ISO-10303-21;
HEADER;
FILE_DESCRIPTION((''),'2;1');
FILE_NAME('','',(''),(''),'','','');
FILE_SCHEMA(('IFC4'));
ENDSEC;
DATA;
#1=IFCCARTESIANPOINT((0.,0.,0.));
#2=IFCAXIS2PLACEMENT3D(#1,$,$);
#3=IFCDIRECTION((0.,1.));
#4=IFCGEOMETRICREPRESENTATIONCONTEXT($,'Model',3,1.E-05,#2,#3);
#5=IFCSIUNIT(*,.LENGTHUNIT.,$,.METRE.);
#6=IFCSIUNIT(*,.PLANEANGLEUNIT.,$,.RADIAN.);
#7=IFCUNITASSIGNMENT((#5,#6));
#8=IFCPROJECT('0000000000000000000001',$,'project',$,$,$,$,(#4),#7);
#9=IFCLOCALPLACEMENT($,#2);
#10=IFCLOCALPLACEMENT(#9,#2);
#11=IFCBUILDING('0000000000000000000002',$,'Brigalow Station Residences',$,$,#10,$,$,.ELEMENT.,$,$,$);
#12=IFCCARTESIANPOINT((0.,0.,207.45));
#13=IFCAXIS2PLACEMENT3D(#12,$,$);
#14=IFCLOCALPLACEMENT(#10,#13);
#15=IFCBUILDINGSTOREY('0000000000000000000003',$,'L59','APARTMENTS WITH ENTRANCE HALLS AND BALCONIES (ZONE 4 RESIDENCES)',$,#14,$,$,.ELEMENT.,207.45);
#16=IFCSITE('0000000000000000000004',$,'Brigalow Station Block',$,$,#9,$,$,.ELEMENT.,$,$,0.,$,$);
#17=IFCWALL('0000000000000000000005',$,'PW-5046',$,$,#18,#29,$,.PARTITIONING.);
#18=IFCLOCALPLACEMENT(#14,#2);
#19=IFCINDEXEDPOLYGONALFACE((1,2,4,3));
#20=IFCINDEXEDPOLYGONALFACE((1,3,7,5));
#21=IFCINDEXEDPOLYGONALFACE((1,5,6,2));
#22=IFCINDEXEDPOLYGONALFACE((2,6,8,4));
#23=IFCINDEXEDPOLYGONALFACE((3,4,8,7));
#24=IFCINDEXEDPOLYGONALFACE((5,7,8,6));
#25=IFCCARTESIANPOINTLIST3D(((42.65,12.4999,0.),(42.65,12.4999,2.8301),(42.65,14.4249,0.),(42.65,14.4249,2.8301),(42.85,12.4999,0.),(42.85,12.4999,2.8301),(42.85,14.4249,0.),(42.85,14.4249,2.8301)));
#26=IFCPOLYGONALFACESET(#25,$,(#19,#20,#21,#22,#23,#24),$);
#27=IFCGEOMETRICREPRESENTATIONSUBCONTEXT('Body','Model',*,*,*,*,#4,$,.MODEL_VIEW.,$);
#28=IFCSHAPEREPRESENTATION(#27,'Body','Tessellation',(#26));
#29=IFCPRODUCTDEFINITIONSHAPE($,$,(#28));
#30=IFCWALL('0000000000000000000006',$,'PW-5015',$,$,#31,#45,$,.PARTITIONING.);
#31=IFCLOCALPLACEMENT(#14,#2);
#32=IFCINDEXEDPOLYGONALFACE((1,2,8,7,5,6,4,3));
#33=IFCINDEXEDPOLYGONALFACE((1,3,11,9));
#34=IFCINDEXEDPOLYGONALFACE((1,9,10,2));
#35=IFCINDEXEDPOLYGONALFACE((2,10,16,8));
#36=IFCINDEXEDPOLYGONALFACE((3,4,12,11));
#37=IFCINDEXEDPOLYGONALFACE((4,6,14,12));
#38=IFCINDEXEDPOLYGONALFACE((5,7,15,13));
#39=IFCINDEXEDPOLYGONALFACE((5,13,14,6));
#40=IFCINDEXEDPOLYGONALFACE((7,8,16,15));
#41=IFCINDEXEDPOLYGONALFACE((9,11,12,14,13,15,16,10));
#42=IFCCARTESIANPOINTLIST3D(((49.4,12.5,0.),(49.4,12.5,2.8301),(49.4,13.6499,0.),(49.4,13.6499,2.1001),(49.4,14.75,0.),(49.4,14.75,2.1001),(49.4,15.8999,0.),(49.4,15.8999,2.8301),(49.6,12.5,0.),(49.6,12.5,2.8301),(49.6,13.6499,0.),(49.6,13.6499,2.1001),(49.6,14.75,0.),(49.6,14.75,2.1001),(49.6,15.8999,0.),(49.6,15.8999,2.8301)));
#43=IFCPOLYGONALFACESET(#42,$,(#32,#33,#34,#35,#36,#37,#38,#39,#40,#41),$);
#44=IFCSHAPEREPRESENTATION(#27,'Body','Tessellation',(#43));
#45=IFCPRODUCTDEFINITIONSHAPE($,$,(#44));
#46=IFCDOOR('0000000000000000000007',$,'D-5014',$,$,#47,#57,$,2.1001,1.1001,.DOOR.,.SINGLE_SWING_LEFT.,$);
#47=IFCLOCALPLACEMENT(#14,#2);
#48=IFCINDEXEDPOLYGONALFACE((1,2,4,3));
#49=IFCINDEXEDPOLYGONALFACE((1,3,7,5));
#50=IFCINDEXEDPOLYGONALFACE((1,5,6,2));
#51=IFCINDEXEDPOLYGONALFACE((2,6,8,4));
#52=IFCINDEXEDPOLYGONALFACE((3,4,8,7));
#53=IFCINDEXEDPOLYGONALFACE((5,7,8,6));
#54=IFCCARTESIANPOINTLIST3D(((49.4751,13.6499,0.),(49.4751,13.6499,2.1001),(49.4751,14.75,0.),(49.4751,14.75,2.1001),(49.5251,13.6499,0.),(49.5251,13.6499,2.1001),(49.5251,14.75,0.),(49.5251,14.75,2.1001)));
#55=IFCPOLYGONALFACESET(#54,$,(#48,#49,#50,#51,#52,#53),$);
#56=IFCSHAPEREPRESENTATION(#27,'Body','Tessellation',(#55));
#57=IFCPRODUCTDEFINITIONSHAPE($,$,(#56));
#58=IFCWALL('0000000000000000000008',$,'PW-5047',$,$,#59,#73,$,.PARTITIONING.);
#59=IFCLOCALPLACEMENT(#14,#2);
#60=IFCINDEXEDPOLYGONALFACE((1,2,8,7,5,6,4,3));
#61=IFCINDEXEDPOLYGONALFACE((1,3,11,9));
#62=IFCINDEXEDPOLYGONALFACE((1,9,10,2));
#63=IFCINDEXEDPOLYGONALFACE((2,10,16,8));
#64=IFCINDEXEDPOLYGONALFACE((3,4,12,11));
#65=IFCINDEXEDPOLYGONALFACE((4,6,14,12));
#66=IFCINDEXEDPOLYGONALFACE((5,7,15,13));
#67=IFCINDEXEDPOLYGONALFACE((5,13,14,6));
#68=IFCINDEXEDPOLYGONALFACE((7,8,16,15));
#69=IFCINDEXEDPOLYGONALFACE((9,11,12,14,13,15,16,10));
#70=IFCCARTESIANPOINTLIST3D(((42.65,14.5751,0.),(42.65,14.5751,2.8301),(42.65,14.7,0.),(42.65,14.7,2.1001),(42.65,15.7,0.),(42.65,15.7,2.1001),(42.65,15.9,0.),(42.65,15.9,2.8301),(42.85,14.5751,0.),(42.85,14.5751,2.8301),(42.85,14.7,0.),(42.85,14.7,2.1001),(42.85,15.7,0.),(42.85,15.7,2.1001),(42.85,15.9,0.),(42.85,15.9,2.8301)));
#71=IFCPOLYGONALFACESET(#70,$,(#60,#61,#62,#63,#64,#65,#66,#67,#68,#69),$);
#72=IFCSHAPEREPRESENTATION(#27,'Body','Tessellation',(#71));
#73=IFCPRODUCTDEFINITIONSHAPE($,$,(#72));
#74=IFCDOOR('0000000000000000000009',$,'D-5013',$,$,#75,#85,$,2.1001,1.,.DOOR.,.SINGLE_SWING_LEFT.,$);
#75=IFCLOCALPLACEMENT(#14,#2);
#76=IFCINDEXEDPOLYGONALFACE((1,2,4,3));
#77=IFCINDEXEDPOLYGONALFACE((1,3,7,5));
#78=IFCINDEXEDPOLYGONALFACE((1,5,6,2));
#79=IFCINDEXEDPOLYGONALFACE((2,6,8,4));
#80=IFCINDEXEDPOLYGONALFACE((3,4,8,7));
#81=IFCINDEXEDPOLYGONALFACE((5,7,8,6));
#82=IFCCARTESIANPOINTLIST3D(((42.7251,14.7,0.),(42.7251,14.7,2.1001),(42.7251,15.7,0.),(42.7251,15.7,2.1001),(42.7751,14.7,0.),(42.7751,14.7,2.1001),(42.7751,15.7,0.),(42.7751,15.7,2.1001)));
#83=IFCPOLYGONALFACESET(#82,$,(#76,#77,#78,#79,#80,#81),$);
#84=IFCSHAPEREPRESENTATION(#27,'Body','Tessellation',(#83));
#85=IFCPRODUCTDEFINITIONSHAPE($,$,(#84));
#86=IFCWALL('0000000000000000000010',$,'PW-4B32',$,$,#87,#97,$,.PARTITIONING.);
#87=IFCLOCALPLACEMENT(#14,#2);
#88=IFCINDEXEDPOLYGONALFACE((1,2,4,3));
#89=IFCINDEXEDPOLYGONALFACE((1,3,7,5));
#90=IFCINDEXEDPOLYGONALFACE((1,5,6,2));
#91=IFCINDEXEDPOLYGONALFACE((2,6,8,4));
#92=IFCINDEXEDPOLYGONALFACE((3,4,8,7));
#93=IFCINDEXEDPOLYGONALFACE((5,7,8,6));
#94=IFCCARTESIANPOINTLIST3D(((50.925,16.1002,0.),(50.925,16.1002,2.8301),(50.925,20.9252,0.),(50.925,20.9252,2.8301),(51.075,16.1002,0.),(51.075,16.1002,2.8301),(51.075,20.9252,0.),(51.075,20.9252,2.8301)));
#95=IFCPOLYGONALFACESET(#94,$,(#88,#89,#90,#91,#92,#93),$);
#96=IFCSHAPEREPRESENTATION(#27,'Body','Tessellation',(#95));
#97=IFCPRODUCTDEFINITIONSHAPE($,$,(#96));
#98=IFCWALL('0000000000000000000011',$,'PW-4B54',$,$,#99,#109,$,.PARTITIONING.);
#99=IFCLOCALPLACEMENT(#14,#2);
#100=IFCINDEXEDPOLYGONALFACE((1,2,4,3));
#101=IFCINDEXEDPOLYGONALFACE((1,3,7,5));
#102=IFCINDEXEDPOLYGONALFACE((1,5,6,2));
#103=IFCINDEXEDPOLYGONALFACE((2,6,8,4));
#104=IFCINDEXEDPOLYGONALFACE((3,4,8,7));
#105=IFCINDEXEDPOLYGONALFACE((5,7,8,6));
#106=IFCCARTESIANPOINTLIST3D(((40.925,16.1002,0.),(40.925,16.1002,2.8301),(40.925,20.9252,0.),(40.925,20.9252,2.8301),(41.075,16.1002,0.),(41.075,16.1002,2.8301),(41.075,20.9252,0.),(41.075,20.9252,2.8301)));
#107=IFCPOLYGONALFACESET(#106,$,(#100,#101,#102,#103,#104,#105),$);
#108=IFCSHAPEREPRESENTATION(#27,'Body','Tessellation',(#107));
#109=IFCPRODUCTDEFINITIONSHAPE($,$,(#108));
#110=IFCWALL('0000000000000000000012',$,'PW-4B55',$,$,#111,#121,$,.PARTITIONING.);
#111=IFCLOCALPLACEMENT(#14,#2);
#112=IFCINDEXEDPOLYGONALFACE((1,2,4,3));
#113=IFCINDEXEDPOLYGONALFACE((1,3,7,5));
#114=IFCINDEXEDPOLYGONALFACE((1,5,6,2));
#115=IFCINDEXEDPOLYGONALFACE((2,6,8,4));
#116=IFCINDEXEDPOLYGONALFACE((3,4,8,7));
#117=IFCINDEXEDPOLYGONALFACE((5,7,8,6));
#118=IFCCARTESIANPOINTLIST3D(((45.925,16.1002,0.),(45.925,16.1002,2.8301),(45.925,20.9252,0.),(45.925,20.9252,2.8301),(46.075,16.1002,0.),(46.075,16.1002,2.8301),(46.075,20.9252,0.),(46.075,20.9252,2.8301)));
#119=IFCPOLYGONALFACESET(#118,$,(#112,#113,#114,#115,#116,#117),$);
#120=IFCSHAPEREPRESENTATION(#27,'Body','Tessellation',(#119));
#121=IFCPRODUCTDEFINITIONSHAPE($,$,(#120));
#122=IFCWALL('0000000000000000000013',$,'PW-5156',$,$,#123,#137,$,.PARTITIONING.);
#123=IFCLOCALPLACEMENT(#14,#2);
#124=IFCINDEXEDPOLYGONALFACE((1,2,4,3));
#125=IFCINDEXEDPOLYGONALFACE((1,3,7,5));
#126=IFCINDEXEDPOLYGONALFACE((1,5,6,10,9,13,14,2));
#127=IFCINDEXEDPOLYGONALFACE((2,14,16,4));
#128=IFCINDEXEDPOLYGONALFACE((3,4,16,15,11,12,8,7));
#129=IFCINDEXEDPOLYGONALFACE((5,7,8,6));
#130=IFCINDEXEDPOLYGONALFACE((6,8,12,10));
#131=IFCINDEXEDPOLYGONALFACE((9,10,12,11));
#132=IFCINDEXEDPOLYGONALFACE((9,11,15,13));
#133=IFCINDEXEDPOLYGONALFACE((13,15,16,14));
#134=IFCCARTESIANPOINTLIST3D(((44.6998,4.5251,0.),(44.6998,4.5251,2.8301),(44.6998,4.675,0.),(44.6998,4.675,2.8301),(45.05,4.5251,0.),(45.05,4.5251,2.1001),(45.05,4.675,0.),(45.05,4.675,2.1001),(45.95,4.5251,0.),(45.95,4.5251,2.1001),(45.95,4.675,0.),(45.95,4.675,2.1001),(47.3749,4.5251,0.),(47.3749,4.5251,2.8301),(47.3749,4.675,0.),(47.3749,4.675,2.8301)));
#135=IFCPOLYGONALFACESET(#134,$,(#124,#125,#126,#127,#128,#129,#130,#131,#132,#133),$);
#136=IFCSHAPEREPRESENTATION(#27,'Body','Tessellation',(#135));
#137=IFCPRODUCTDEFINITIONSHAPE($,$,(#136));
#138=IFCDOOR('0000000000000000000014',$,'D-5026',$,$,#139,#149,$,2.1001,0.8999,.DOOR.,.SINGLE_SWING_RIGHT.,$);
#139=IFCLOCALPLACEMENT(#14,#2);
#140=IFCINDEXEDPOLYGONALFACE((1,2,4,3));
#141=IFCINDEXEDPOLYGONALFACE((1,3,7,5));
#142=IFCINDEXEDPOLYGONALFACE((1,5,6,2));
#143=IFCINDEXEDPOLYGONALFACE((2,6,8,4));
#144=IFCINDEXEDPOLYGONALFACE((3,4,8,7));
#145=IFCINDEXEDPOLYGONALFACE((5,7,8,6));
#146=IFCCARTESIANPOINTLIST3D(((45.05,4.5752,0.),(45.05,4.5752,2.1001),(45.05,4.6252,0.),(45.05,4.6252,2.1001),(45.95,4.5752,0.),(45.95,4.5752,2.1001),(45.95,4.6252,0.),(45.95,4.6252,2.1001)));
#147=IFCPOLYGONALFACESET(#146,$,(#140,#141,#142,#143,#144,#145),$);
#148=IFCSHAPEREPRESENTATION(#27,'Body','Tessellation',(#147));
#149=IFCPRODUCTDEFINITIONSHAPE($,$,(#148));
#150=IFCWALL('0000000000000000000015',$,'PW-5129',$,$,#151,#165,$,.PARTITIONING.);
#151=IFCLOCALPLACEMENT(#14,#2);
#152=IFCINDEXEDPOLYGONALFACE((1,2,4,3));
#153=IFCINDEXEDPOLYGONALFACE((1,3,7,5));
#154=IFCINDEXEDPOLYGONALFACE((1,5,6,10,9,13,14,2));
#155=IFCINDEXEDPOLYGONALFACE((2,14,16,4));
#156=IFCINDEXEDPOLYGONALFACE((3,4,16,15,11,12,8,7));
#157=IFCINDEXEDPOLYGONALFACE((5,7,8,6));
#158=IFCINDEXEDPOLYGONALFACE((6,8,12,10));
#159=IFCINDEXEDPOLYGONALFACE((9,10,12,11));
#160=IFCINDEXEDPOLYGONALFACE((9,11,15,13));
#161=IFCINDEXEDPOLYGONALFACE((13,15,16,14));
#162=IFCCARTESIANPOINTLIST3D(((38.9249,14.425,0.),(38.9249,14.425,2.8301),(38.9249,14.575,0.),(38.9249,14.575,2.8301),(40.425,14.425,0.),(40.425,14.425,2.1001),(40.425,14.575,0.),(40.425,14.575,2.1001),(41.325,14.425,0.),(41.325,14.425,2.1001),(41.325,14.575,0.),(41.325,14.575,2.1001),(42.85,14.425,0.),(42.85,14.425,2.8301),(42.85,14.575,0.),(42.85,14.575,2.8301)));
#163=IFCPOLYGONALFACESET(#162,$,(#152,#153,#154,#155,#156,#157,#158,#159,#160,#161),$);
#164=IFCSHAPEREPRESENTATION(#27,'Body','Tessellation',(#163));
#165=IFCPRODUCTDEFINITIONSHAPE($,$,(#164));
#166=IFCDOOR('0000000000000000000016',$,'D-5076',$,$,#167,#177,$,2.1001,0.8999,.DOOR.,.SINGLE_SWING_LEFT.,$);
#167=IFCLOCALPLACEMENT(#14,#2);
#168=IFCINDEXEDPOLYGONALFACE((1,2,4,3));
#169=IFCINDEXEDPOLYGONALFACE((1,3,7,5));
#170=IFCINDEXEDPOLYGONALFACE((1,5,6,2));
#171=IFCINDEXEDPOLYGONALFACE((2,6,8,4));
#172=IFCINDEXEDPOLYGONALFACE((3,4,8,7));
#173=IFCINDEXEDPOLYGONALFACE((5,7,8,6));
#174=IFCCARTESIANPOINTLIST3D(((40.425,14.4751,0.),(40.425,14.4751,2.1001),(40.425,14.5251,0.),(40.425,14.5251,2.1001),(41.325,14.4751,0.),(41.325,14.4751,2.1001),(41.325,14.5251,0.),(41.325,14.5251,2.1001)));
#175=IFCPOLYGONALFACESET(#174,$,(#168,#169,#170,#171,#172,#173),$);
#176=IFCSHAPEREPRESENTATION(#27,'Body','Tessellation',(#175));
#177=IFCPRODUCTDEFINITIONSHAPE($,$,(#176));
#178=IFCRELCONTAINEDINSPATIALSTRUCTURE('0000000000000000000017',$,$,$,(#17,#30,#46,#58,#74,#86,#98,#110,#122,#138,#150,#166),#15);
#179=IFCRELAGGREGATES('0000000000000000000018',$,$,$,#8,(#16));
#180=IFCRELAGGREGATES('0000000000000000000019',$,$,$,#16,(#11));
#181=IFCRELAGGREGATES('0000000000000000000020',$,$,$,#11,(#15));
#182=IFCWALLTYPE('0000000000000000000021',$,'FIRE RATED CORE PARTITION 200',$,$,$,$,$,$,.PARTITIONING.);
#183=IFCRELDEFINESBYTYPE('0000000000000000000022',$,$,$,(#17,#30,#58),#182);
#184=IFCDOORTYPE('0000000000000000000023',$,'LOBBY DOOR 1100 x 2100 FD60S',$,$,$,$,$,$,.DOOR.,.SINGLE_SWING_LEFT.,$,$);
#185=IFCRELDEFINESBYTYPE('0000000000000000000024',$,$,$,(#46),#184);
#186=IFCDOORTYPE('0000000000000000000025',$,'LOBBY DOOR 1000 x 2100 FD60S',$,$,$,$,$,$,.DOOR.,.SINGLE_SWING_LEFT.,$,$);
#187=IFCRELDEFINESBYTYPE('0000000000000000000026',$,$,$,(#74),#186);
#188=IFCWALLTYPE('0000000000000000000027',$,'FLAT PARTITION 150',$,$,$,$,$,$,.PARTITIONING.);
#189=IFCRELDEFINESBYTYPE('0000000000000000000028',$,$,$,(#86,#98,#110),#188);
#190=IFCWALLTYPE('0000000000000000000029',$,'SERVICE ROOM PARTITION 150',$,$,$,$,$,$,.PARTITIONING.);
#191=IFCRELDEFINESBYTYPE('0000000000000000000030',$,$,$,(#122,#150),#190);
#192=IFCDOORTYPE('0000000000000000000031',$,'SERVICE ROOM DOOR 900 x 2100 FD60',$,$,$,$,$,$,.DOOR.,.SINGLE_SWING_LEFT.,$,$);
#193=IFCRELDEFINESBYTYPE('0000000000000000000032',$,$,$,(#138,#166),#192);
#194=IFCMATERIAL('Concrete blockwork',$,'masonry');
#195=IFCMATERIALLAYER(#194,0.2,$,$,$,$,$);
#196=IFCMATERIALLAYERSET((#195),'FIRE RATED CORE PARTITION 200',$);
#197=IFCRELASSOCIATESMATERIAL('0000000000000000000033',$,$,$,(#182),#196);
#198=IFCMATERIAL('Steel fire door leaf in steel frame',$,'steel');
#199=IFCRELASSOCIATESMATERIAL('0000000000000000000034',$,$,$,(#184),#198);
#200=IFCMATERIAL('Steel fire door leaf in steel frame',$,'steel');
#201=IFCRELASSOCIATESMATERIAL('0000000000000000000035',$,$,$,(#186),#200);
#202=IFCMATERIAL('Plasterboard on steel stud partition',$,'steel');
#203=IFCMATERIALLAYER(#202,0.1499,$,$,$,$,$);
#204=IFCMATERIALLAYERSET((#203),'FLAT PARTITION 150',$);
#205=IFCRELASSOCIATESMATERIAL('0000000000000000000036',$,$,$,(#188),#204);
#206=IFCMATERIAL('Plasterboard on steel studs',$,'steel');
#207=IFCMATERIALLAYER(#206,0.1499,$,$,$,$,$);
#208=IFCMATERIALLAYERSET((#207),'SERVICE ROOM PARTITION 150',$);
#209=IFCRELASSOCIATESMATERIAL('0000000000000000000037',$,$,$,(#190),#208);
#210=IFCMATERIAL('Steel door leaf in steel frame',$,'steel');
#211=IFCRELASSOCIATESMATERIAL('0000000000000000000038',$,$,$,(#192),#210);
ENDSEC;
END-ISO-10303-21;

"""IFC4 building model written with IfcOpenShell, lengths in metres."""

from ifc_helpers import new_model, si_unit, direction, frame, frame_2d, origin, place, context, subcontext, project, spatial, rectangle, extrude, material, layer, layer_set, type_object, element, fill, save


model = new_model("IFC4")

# Units and contexts
model_context = context("Model", 3, precision=1e-05, world=origin(), true_north=direction((0.0, 1.0)))
body_context = subcontext(model_context, "Body", "Model", "MODEL_VIEW")
ifc_project = project(units=[si_unit("LENGTHUNIT", "METRE"), si_unit("PLANEANGLEUNIT", "RADIAN")], contexts=[model_context])

# Site, building, storey
site_placement = place(None, origin())
site = spatial("IfcSite", under=ifc_project, at=site_placement, Name="Brigalow Station Block", CompositionType="ELEMENT", RefElevation=0.0)
building_placement = place(site_placement, origin())
building = spatial("IfcBuilding", under=site, at=building_placement, Name="Brigalow Station Residences", CompositionType="ELEMENT")
storey_placement = place(building_placement, frame((0.0, 0.0, 207.45)))
storey = spatial("IfcBuildingStorey", under=building, at=storey_placement, Name="L59", Description="APARTMENTS WITH ENTRANCE HALLS AND BALCONIES (ZONE 4 RESIDENCES)", CompositionType="ELEMENT", Elevation=207.45)

# Shared definitions
ifc_material_1 = material(Name="Concrete blockwork", Category="masonry")
ifc_layer_1 = layer(ifc_material_1, 0.2)
ifc_layer_set_1 = layer_set([ifc_layer_1], Name="FIRE RATED CORE PARTITION 200")
wall_type_1 = type_object("IfcWallType", Name="FIRE RATED CORE PARTITION 200", PredefinedType="PARTITIONING", material=ifc_layer_set_1)

# Wall
wall_1_placement = place(storey_placement, frame((42.75, 12.5, 0.0), z_axis=(0.0, 0.0, 1.0), x_axis=(0.0, 1.0, 0.0)))
element("IfcWall", 1, at=wall_1_placement, inside=storey, type_object=wall_type_1, Name="PW-5046", PredefinedType="PARTITIONING", context=body_context, shape_type="SweptSolid", body=[
    extrude(rectangle(XDim=1.925, YDim=0.2, at=frame_2d((0.9624, 0.0))), origin(), (0.0, 0.0, 1.0), 2.8301),
])

# Walls, openings, doors
wall_2_placement = place(storey_placement, frame((49.5, 12.5, 0.0), z_axis=(0.0, 0.0, 1.0), x_axis=(0.0, 1.0, 0.0)))
wall_2 = element("IfcWall", 2, at=wall_2_placement, inside=storey, type_object=wall_type_1, Name="PW-5015", PredefinedType="PARTITIONING", context=body_context, shape_type="SweptSolid", body=[
    extrude(rectangle(XDim=3.3999, YDim=0.2, at=frame_2d((1.7, 0.0))), origin(), (0.0, 0.0, 1.0), 2.8301),
])
opening_1_placement = place(wall_2_placement, frame((1.1499, 0.0, 0.0)))
opening_1 = element("IfcOpeningElement", 3, at=opening_1_placement, cuts=wall_2, PredefinedType="OPENING", context=body_context, shape_type="SweptSolid", body=[
    extrude(rectangle(XDim=1.1001, YDim=2.1001, at=frame_2d((0.55, 1.05))), frame((0.0, 0.1099, 0.0), z_axis=(0.0, -1.0, 0.0), x_axis=(1.0, 0.0, 0.0)), (0.0, 0.0, 1.0), 0.22),
])
ifc_material_2 = material(Name="Steel fire door leaf in steel frame", Category="steel")
door_type_1 = type_object("IfcDoorType", Name="LOBBY DOOR 1100 x 2100 FD60S", OperationType="SINGLE_SWING_LEFT", PredefinedType="DOOR", material=ifc_material_2)
door_1_placement = place(opening_1_placement, origin())
door_1 = element("IfcDoor", 4, at=door_1_placement, inside=storey, type_object=door_type_1, Name="D-5014", OperationType="SINGLE_SWING_LEFT", OverallHeight=2.1001, OverallWidth=1.1001, PredefinedType="DOOR", context=body_context, shape_type="SweptSolid", body=[
    extrude(rectangle(XDim=1.1001, YDim=2.1001, at=frame_2d((0.55, 1.05))), frame((0.0, 0.0249, 0.0), z_axis=(0.0, -1.0, 0.0), x_axis=(1.0, 0.0, 0.0)), (0.0, 0.0, 1.0), 0.05),
])
fill(opening_1, door_1)
wall_3_placement = place(storey_placement, frame((42.75, 14.575, 0.0), z_axis=(0.0, 0.0, 1.0), x_axis=(0.0, 1.0, 0.0)))
wall_3 = element("IfcWall", 5, at=wall_3_placement, inside=storey, type_object=wall_type_1, Name="PW-5047", PredefinedType="PARTITIONING", context=body_context, shape_type="SweptSolid", body=[
    extrude(rectangle(XDim=1.325, YDim=0.2, at=frame_2d((0.6626, 0.0))), origin(), (0.0, 0.0, 1.0), 2.8301),
])
opening_2_placement = place(wall_3_placement, frame((0.125, 0.0, 0.0)))
opening_2 = element("IfcOpeningElement", 6, at=opening_2_placement, cuts=wall_3, PredefinedType="OPENING", context=body_context, shape_type="SweptSolid", body=[
    extrude(rectangle(XDim=1.0, YDim=2.1001, at=frame_2d((0.5, 1.05))), frame((0.0, 0.1099, 0.0), z_axis=(0.0, -1.0, 0.0), x_axis=(1.0, 0.0, 0.0)), (0.0, 0.0, 1.0), 0.22),
])
ifc_material_3 = material(Name="Steel fire door leaf in steel frame", Category="steel")
door_type_2 = type_object("IfcDoorType", Name="LOBBY DOOR 1000 x 2100 FD60S", OperationType="SINGLE_SWING_LEFT", PredefinedType="DOOR", material=ifc_material_3)
door_2_placement = place(opening_2_placement, origin())
door_2 = element("IfcDoor", 7, at=door_2_placement, inside=storey, type_object=door_type_2, Name="D-5013", OperationType="SINGLE_SWING_LEFT", OverallHeight=2.1001, OverallWidth=1.0, PredefinedType="DOOR", context=body_context, shape_type="SweptSolid", body=[
    extrude(rectangle(XDim=1.0, YDim=2.1001, at=frame_2d((0.5, 1.05))), frame((0.0, 0.0249, 0.0), z_axis=(0.0, -1.0, 0.0), x_axis=(1.0, 0.0, 0.0)), (0.0, 0.0, 1.0), 0.05),
])
fill(opening_2, door_2)

# Walls
ifc_material_4 = material(Name="Plasterboard on steel stud partition", Category="steel")
ifc_layer_2 = layer(ifc_material_4, 0.1499)
ifc_layer_set_2 = layer_set([ifc_layer_2], Name="FLAT PARTITION 150")
wall_type_2 = type_object("IfcWallType", Name="FLAT PARTITION 150", PredefinedType="PARTITIONING", material=ifc_layer_set_2)
for number, where, z_axis, x_axis, name in (
    (8, (51.0, 16.1001, 0.0), (0.0, 0.0, 1.0), (0.0, 1.0, 0.0), "PW-4B32"),
    (9, (41.0, 16.1001, 0.0), (0.0, 0.0, 1.0), (0.0, 1.0, 0.0), "PW-4B54"),
    (10, (46.0, 16.1001, 0.0), (0.0, 0.0, 1.0), (0.0, 1.0, 0.0), "PW-4B55"),
):
    element("IfcWall", number, at=place(storey_placement, frame(where, z_axis=z_axis, x_axis=x_axis)), inside=storey, type_object=wall_type_2, Name=name, PredefinedType="PARTITIONING", context=body_context, shape_type="SweptSolid", body=[
        extrude(rectangle(XDim=4.825, YDim=0.1499, at=frame_2d((2.4126, 0.0))), origin(), (0.0, 0.0, 1.0), 2.8301),
    ])

# Walls, openings, doors
ifc_material_5 = material(Name="Plasterboard on steel studs", Category="steel")
ifc_layer_3 = layer(ifc_material_5, 0.1499)
ifc_layer_set_3 = layer_set([ifc_layer_3], Name="SERVICE ROOM PARTITION 150")
wall_type_3 = type_object("IfcWallType", Name="SERVICE ROOM PARTITION 150", PredefinedType="PARTITIONING", material=ifc_layer_set_3)
wall_4_placement = place(storey_placement, frame((44.7, 4.6001, 0.0), z_axis=(0.0, 0.0, 1.0), x_axis=(1.0, 0.0, 0.0)))
wall_4 = element("IfcWall", 11, at=wall_4_placement, inside=storey, type_object=wall_type_3, Name="PW-5156", PredefinedType="PARTITIONING", context=body_context, shape_type="SweptSolid", body=[
    extrude(rectangle(XDim=2.675, YDim=0.1499, at=frame_2d((1.3374, 0.0))), origin(), (0.0, 0.0, 1.0), 2.8301),
])
opening_3_placement = place(wall_4_placement, frame((0.3501, 0.0, 0.0)))
opening_3 = element("IfcOpeningElement", 12, at=opening_3_placement, cuts=wall_4, PredefinedType="OPENING", context=body_context, shape_type="SweptSolid", body=[
    extrude(rectangle(XDim=0.8999, YDim=2.1001, at=frame_2d((0.45, 1.05))), frame((0.0, 0.085, 0.0), z_axis=(0.0, -1.0, 0.0), x_axis=(1.0, 0.0, 0.0)), (0.0, 0.0, 1.0), 0.1699),
])
ifc_material_6 = material(Name="Steel door leaf in steel frame", Category="steel")
door_type_3 = type_object("IfcDoorType", Name="SERVICE ROOM DOOR 900 x 2100 FD60", OperationType="SINGLE_SWING_LEFT", PredefinedType="DOOR", material=ifc_material_6)
door_3_placement = place(opening_3_placement, frame((0.8999, 0.0, 0.0), z_axis=(0.0, 0.0, 1.0), x_axis=(-1.0, 0.0, 0.0)))
door_3 = element("IfcDoor", 13, at=door_3_placement, inside=storey, type_object=door_type_3, Name="D-5026", OperationType="SINGLE_SWING_RIGHT", OverallHeight=2.1001, OverallWidth=0.8999, PredefinedType="DOOR", context=body_context, shape_type="SweptSolid", body=[
    extrude(rectangle(XDim=0.8999, YDim=2.1001, at=frame_2d((0.45, 1.05))), frame((0.0, 0.0249, 0.0), z_axis=(0.0, -1.0, 0.0), x_axis=(1.0, 0.0, 0.0)), (0.0, 0.0, 1.0), 0.05),
])
fill(opening_3, door_3)
wall_5_placement = place(storey_placement, frame((38.925, 14.5, 0.0), z_axis=(0.0, 0.0, 1.0), x_axis=(1.0, 0.0, 0.0)))
wall_5 = element("IfcWall", 14, at=wall_5_placement, inside=storey, type_object=wall_type_3, Name="PW-5129", PredefinedType="PARTITIONING", context=body_context, shape_type="SweptSolid", body=[
    extrude(rectangle(XDim=3.925, YDim=0.1499, at=frame_2d((1.9624, 0.0))), origin(), (0.0, 0.0, 1.0), 2.8301),
])
opening_4_placement = place(wall_5_placement, frame((1.5, 0.0, 0.0)))
opening_4 = element("IfcOpeningElement", 15, at=opening_4_placement, cuts=wall_5, PredefinedType="OPENING", context=body_context, shape_type="SweptSolid", body=[
    extrude(rectangle(XDim=0.8999, YDim=2.1001, at=frame_2d((0.45, 1.05))), frame((0.0, 0.085, 0.0), z_axis=(0.0, -1.0, 0.0), x_axis=(1.0, 0.0, 0.0)), (0.0, 0.0, 1.0), 0.1699),
])
door_4_placement = place(opening_4_placement, frame((0.8999, 0.0, 0.0), z_axis=(0.0, 0.0, 1.0), x_axis=(-1.0, 0.0, 0.0)))
door_4 = element("IfcDoor", 16, at=door_4_placement, inside=storey, type_object=door_type_3, Name="D-5076", OperationType="SINGLE_SWING_LEFT", OverallHeight=2.1001, OverallWidth=0.8999, PredefinedType="DOOR", context=body_context, shape_type="SweptSolid", body=[
    extrude(rectangle(XDim=0.8999, YDim=2.1001, at=frame_2d((0.45, 1.05))), frame((0.0, 0.0249, 0.0), z_axis=(0.0, -1.0, 0.0), x_axis=(1.0, 0.0, 0.0)), (0.0, 0.0, 1.0), 0.05),
])
fill(opening_4, door_4)

save(model, "model.ifc")
